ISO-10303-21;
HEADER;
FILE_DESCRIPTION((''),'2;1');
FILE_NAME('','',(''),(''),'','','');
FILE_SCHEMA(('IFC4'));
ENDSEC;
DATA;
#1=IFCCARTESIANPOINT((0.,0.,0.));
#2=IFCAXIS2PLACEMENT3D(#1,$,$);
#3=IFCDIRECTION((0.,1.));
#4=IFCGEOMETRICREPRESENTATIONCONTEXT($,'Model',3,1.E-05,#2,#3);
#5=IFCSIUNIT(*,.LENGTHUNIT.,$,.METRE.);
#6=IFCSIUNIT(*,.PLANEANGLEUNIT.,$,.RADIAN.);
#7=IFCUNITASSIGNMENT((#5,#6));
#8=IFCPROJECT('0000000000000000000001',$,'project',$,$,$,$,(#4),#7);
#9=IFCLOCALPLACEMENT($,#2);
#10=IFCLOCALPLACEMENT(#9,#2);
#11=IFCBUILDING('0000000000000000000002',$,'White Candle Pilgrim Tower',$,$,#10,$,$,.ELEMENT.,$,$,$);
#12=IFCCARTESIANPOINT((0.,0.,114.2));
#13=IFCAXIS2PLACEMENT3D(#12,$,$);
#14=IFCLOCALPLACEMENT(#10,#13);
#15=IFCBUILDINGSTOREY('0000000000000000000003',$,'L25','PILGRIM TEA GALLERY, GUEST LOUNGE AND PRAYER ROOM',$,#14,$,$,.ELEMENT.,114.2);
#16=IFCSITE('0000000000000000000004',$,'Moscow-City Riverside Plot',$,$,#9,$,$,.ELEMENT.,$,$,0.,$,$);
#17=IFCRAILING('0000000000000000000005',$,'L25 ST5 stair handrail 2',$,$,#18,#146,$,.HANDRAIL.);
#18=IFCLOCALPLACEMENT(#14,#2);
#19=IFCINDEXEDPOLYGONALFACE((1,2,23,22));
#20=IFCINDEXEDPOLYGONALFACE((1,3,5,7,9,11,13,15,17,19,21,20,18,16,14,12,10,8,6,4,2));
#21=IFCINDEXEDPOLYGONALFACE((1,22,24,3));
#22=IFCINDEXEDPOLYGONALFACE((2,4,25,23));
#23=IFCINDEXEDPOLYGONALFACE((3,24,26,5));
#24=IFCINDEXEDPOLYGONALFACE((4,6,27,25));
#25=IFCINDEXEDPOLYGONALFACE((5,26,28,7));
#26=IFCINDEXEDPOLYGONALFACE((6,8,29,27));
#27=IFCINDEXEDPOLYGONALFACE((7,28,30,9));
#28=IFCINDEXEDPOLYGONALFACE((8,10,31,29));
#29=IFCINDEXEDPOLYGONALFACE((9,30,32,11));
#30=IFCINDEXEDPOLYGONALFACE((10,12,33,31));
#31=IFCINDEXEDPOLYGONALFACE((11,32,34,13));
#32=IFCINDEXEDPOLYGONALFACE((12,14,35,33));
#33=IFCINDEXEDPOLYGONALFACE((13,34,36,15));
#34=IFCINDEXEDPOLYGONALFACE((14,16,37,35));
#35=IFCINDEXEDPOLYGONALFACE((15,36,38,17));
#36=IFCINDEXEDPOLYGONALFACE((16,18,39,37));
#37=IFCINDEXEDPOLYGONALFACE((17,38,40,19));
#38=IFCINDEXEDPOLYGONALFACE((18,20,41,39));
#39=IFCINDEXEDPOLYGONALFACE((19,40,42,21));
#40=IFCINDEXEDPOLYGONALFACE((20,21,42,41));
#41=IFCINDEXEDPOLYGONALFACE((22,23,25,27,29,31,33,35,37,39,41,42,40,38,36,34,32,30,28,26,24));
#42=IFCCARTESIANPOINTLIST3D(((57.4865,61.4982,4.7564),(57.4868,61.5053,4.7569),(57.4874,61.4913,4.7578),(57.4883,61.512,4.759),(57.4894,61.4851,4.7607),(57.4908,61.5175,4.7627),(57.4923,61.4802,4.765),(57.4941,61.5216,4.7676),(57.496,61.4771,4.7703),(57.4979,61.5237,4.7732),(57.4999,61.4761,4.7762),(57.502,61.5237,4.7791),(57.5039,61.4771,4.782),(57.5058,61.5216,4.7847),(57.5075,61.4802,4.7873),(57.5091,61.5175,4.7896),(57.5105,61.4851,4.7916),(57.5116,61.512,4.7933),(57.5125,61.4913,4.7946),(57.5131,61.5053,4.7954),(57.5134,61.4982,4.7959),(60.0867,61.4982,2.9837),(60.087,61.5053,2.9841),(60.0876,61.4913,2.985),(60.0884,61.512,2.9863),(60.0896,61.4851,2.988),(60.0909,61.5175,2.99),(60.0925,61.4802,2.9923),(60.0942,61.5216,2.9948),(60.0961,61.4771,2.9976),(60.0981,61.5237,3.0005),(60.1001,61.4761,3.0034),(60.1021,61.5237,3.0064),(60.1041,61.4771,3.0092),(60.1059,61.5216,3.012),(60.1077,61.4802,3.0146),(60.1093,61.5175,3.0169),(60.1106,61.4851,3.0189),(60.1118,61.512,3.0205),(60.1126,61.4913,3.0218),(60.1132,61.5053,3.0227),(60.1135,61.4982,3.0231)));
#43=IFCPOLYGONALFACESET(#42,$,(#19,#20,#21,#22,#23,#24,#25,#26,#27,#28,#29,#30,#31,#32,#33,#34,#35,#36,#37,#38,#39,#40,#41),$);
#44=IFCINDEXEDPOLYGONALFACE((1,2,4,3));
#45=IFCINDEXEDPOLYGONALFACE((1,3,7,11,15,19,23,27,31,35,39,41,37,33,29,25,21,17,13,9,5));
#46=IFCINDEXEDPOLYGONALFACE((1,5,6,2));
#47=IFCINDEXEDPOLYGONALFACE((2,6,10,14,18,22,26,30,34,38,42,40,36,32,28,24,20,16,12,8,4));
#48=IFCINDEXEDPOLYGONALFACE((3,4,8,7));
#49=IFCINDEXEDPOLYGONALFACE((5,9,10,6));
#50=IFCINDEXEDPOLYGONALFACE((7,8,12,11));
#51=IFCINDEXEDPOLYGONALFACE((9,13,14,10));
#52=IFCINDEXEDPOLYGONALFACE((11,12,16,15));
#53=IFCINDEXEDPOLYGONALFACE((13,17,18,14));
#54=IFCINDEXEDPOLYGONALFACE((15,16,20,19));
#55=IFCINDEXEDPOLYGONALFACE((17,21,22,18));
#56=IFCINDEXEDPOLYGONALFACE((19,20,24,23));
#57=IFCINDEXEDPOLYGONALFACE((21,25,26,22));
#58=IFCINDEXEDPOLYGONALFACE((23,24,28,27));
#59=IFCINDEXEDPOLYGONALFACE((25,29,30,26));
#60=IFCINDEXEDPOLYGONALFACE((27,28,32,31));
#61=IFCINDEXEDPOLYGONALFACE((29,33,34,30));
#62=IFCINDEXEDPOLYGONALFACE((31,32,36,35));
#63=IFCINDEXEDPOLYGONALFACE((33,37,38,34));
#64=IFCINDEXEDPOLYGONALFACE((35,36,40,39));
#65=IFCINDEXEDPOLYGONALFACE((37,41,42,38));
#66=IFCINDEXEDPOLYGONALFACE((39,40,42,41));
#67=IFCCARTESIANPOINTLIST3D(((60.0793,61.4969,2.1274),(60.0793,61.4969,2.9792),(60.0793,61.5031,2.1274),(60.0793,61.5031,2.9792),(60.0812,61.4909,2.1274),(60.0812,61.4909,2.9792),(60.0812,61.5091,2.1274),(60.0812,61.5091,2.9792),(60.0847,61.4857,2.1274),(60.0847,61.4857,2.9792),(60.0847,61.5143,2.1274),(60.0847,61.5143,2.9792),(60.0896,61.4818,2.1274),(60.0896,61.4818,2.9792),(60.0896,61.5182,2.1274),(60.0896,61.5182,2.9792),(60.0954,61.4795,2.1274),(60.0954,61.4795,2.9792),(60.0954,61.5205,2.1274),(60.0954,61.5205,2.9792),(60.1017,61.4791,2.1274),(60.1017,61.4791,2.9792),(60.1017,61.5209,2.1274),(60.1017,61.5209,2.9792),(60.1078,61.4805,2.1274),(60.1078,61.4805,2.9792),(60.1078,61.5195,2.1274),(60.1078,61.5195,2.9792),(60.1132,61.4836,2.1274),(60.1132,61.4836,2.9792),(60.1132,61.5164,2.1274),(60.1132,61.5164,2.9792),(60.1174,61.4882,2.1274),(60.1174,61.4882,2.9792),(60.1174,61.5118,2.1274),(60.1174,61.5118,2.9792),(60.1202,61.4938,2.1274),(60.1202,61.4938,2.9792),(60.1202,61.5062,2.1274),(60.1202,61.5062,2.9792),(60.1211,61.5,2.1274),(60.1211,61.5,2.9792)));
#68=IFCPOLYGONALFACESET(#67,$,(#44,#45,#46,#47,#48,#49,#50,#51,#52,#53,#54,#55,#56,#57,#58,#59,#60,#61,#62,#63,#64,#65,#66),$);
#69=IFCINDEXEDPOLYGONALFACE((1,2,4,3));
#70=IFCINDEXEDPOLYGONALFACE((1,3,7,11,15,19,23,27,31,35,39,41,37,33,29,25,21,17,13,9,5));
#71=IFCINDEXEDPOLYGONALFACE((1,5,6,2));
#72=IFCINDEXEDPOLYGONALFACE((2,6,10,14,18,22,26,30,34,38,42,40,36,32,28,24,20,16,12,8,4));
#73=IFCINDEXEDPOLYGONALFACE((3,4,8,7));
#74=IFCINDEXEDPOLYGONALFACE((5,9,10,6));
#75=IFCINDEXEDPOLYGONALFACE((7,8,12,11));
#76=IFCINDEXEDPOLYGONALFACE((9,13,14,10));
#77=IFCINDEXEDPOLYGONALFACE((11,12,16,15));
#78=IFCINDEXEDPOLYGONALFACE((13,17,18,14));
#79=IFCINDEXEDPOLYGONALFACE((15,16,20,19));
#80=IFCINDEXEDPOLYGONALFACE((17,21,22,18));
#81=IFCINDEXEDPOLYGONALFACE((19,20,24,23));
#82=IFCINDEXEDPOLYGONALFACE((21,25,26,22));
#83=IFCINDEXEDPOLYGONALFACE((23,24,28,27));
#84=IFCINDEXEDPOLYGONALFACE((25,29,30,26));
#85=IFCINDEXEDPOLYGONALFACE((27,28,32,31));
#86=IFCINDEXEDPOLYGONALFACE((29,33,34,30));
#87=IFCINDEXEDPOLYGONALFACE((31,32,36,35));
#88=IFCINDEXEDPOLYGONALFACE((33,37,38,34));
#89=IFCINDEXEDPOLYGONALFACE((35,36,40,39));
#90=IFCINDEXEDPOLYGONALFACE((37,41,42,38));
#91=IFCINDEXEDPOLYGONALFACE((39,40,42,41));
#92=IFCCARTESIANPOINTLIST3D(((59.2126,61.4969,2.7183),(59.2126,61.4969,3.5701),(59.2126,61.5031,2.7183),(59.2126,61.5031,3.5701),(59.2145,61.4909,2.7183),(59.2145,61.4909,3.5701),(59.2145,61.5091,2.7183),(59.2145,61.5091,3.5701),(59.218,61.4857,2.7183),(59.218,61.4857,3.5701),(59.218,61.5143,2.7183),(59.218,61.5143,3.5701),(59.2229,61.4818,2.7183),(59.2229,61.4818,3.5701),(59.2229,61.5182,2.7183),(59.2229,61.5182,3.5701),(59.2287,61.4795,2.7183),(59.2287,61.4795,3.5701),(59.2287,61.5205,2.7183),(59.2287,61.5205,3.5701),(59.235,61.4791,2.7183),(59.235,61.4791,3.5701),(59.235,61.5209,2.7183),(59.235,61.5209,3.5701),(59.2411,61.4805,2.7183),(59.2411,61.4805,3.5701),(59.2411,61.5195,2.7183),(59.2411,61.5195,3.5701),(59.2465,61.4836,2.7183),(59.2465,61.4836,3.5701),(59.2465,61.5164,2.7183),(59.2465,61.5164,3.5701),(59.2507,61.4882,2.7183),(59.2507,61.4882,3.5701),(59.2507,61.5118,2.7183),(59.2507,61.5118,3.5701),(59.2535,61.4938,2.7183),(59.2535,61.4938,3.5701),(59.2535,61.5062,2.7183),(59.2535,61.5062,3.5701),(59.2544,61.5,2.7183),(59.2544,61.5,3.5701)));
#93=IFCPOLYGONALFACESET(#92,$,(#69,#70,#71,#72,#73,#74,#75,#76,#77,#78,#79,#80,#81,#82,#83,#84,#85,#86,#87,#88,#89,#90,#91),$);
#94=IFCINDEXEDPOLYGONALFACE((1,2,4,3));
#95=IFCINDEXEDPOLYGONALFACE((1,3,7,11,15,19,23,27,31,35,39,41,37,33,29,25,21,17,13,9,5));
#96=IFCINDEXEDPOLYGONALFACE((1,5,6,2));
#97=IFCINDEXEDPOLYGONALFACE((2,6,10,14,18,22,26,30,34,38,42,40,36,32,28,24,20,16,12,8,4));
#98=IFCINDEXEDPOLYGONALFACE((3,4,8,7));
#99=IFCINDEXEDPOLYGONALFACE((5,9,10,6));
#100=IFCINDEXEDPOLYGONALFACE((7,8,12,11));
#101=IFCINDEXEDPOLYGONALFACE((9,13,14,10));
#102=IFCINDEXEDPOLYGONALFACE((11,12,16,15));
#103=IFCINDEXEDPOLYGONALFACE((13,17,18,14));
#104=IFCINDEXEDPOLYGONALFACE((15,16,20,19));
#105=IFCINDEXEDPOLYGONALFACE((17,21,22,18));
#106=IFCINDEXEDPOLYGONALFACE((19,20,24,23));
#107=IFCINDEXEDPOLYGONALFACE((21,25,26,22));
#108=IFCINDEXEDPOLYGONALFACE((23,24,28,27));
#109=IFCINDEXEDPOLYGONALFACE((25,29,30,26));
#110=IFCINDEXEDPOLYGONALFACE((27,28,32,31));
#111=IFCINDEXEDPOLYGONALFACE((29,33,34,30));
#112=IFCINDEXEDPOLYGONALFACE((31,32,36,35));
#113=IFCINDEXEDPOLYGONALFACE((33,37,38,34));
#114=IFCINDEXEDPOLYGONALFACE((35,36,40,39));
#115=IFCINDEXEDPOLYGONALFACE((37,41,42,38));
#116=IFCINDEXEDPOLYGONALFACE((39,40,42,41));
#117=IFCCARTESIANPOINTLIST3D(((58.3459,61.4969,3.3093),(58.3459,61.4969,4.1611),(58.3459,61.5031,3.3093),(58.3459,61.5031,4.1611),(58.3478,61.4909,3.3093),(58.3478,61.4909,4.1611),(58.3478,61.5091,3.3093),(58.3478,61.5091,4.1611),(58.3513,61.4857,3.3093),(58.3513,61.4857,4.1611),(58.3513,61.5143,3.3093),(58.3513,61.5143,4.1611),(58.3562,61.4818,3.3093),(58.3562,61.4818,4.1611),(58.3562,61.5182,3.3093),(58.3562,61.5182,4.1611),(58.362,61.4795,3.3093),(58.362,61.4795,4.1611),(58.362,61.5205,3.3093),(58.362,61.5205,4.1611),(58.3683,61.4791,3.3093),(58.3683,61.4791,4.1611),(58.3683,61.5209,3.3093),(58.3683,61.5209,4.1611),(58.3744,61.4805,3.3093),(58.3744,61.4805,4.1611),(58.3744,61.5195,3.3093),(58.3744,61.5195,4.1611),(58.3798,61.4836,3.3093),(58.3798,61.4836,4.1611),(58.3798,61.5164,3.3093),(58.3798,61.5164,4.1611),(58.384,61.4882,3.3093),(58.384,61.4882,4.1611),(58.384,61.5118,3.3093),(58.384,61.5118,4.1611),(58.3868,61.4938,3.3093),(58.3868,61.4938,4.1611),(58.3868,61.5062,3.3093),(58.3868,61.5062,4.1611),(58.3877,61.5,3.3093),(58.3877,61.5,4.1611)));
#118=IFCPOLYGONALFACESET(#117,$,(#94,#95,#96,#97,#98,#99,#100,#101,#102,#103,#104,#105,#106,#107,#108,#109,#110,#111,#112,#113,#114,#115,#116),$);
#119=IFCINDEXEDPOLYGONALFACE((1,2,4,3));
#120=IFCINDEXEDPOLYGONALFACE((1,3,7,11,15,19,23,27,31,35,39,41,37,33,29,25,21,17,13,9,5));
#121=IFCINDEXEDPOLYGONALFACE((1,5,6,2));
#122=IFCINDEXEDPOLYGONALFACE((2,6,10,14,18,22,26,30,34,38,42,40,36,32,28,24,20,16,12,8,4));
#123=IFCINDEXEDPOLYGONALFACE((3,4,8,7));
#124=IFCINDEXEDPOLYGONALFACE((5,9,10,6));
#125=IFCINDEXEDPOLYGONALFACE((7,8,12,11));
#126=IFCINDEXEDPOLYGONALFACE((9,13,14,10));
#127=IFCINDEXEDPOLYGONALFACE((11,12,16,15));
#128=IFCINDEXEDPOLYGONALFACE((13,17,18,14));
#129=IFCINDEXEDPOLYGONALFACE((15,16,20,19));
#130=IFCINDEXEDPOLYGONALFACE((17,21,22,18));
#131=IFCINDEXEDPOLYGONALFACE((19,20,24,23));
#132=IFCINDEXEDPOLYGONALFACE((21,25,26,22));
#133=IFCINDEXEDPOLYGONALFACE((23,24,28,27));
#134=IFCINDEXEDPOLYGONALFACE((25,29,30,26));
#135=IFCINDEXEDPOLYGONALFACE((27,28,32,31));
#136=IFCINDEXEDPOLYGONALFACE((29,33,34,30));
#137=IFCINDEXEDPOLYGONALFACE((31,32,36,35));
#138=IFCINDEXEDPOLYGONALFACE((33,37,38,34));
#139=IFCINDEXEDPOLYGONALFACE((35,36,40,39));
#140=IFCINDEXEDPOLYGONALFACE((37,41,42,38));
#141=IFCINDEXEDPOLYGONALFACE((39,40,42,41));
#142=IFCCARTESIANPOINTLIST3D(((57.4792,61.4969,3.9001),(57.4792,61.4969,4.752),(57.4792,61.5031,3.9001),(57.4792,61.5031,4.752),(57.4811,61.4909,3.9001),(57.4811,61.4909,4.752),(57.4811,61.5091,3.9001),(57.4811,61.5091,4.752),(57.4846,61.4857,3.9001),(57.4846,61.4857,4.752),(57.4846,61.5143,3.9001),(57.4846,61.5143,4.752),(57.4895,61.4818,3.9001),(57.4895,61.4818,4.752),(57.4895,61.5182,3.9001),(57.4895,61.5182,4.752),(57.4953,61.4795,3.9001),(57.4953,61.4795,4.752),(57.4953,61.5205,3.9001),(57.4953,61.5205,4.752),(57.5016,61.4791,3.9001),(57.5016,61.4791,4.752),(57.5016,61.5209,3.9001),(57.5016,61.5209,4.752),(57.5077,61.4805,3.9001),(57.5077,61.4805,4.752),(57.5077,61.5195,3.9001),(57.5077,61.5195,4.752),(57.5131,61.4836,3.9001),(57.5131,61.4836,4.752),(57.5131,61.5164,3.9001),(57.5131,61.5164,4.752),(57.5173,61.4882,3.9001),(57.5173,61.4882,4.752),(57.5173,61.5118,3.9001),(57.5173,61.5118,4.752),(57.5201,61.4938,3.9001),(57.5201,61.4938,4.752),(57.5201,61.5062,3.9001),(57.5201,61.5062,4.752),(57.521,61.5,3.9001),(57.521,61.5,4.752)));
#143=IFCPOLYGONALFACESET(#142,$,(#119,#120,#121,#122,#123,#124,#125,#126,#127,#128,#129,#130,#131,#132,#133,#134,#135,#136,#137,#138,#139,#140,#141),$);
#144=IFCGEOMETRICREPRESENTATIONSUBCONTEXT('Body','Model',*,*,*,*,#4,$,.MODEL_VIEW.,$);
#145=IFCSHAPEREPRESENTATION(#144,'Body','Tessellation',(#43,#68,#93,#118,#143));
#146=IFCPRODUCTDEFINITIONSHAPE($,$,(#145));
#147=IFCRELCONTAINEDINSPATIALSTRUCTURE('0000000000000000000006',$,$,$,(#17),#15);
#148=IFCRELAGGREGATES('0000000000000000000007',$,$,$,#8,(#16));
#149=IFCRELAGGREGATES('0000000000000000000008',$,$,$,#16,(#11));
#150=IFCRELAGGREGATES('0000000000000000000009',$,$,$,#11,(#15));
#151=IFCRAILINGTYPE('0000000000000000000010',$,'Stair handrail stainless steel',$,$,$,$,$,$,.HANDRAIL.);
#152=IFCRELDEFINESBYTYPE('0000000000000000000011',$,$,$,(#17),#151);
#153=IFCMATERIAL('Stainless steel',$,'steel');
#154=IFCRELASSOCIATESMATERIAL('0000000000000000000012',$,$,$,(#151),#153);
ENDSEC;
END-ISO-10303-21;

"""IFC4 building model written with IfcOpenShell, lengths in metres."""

from ifc_helpers import new_model, si_unit, direction, frame, origin, origin_2d, place, context, subcontext, project, spatial, circle, extrude, material, type_object, element, save


model = new_model("IFC4")

# Units and contexts
model_context = context("Model", 3, precision=1e-05, world=origin(), true_north=direction((0.0, 1.0)))
body_context = subcontext(model_context, "Body", "Model", "MODEL_VIEW")
ifc_project = project(units=[si_unit("LENGTHUNIT", "METRE"), si_unit("PLANEANGLEUNIT", "RADIAN")], contexts=[model_context])

# Site, building, storey
site_placement = place(None, origin())
site = spatial("IfcSite", under=ifc_project, at=site_placement, Name="Moscow-City Riverside Plot", CompositionType="ELEMENT", RefElevation=0.0)
building_placement = place(site_placement, origin())
building = spatial("IfcBuilding", under=site, at=building_placement, Name="White Candle Pilgrim Tower", CompositionType="ELEMENT")
storey_placement = place(building_placement, frame((0.0, 0.0, 114.2)))
storey = spatial("IfcBuildingStorey", under=building, at=storey_placement, Name="L25", Description="PILGRIM TEA GALLERY, GUEST LOUNGE AND PRAYER ROOM", CompositionType="ELEMENT", Elevation=114.2)

# Railing
ifc_material_1 = material(Name="Stainless steel", Category="steel")
railing_type = type_object("IfcRailingType", Name="Stair handrail stainless steel", PredefinedType="HANDRAIL", material=ifc_material_1)
railing_placement = place(storey_placement, frame((60.1001, 61.5, 2.1274)))
element("IfcRailing", 1, at=railing_placement, inside=storey, type_object=railing_type, Name="L25 ST5 stair handrail 2", PredefinedType="HANDRAIL", context=body_context, shape_type="SweptSolid", body=[
    extrude(circle(Radius=0.0239, at=origin_2d()), frame((0.0, 0.0, 0.876), z_axis=(-0.82624, 0.0, 0.563318), x_axis=(0.0, -1.0, 0.0)), (0.0, 0.0, 1.0), 3.147),
    extrude(circle(Radius=0.021, at=origin_2d()), origin(), (0.0, 0.0, 1.0), 0.8518),
    extrude(circle(Radius=0.021, at=origin_2d()), frame((-0.8667, 0.0, 0.5908)), (0.0, 0.0, 1.0), 0.8518),
    extrude(circle(Radius=0.021, at=origin_2d()), frame((-1.7334, 0.0, 1.1819)), (0.0, 0.0, 1.0), 0.8518),
    extrude(circle(Radius=0.021, at=origin_2d()), frame((-2.6001, 0.0, 1.7727)), (0.0, 0.0, 1.0), 0.8518),
])

save(model, "model.ifc")
